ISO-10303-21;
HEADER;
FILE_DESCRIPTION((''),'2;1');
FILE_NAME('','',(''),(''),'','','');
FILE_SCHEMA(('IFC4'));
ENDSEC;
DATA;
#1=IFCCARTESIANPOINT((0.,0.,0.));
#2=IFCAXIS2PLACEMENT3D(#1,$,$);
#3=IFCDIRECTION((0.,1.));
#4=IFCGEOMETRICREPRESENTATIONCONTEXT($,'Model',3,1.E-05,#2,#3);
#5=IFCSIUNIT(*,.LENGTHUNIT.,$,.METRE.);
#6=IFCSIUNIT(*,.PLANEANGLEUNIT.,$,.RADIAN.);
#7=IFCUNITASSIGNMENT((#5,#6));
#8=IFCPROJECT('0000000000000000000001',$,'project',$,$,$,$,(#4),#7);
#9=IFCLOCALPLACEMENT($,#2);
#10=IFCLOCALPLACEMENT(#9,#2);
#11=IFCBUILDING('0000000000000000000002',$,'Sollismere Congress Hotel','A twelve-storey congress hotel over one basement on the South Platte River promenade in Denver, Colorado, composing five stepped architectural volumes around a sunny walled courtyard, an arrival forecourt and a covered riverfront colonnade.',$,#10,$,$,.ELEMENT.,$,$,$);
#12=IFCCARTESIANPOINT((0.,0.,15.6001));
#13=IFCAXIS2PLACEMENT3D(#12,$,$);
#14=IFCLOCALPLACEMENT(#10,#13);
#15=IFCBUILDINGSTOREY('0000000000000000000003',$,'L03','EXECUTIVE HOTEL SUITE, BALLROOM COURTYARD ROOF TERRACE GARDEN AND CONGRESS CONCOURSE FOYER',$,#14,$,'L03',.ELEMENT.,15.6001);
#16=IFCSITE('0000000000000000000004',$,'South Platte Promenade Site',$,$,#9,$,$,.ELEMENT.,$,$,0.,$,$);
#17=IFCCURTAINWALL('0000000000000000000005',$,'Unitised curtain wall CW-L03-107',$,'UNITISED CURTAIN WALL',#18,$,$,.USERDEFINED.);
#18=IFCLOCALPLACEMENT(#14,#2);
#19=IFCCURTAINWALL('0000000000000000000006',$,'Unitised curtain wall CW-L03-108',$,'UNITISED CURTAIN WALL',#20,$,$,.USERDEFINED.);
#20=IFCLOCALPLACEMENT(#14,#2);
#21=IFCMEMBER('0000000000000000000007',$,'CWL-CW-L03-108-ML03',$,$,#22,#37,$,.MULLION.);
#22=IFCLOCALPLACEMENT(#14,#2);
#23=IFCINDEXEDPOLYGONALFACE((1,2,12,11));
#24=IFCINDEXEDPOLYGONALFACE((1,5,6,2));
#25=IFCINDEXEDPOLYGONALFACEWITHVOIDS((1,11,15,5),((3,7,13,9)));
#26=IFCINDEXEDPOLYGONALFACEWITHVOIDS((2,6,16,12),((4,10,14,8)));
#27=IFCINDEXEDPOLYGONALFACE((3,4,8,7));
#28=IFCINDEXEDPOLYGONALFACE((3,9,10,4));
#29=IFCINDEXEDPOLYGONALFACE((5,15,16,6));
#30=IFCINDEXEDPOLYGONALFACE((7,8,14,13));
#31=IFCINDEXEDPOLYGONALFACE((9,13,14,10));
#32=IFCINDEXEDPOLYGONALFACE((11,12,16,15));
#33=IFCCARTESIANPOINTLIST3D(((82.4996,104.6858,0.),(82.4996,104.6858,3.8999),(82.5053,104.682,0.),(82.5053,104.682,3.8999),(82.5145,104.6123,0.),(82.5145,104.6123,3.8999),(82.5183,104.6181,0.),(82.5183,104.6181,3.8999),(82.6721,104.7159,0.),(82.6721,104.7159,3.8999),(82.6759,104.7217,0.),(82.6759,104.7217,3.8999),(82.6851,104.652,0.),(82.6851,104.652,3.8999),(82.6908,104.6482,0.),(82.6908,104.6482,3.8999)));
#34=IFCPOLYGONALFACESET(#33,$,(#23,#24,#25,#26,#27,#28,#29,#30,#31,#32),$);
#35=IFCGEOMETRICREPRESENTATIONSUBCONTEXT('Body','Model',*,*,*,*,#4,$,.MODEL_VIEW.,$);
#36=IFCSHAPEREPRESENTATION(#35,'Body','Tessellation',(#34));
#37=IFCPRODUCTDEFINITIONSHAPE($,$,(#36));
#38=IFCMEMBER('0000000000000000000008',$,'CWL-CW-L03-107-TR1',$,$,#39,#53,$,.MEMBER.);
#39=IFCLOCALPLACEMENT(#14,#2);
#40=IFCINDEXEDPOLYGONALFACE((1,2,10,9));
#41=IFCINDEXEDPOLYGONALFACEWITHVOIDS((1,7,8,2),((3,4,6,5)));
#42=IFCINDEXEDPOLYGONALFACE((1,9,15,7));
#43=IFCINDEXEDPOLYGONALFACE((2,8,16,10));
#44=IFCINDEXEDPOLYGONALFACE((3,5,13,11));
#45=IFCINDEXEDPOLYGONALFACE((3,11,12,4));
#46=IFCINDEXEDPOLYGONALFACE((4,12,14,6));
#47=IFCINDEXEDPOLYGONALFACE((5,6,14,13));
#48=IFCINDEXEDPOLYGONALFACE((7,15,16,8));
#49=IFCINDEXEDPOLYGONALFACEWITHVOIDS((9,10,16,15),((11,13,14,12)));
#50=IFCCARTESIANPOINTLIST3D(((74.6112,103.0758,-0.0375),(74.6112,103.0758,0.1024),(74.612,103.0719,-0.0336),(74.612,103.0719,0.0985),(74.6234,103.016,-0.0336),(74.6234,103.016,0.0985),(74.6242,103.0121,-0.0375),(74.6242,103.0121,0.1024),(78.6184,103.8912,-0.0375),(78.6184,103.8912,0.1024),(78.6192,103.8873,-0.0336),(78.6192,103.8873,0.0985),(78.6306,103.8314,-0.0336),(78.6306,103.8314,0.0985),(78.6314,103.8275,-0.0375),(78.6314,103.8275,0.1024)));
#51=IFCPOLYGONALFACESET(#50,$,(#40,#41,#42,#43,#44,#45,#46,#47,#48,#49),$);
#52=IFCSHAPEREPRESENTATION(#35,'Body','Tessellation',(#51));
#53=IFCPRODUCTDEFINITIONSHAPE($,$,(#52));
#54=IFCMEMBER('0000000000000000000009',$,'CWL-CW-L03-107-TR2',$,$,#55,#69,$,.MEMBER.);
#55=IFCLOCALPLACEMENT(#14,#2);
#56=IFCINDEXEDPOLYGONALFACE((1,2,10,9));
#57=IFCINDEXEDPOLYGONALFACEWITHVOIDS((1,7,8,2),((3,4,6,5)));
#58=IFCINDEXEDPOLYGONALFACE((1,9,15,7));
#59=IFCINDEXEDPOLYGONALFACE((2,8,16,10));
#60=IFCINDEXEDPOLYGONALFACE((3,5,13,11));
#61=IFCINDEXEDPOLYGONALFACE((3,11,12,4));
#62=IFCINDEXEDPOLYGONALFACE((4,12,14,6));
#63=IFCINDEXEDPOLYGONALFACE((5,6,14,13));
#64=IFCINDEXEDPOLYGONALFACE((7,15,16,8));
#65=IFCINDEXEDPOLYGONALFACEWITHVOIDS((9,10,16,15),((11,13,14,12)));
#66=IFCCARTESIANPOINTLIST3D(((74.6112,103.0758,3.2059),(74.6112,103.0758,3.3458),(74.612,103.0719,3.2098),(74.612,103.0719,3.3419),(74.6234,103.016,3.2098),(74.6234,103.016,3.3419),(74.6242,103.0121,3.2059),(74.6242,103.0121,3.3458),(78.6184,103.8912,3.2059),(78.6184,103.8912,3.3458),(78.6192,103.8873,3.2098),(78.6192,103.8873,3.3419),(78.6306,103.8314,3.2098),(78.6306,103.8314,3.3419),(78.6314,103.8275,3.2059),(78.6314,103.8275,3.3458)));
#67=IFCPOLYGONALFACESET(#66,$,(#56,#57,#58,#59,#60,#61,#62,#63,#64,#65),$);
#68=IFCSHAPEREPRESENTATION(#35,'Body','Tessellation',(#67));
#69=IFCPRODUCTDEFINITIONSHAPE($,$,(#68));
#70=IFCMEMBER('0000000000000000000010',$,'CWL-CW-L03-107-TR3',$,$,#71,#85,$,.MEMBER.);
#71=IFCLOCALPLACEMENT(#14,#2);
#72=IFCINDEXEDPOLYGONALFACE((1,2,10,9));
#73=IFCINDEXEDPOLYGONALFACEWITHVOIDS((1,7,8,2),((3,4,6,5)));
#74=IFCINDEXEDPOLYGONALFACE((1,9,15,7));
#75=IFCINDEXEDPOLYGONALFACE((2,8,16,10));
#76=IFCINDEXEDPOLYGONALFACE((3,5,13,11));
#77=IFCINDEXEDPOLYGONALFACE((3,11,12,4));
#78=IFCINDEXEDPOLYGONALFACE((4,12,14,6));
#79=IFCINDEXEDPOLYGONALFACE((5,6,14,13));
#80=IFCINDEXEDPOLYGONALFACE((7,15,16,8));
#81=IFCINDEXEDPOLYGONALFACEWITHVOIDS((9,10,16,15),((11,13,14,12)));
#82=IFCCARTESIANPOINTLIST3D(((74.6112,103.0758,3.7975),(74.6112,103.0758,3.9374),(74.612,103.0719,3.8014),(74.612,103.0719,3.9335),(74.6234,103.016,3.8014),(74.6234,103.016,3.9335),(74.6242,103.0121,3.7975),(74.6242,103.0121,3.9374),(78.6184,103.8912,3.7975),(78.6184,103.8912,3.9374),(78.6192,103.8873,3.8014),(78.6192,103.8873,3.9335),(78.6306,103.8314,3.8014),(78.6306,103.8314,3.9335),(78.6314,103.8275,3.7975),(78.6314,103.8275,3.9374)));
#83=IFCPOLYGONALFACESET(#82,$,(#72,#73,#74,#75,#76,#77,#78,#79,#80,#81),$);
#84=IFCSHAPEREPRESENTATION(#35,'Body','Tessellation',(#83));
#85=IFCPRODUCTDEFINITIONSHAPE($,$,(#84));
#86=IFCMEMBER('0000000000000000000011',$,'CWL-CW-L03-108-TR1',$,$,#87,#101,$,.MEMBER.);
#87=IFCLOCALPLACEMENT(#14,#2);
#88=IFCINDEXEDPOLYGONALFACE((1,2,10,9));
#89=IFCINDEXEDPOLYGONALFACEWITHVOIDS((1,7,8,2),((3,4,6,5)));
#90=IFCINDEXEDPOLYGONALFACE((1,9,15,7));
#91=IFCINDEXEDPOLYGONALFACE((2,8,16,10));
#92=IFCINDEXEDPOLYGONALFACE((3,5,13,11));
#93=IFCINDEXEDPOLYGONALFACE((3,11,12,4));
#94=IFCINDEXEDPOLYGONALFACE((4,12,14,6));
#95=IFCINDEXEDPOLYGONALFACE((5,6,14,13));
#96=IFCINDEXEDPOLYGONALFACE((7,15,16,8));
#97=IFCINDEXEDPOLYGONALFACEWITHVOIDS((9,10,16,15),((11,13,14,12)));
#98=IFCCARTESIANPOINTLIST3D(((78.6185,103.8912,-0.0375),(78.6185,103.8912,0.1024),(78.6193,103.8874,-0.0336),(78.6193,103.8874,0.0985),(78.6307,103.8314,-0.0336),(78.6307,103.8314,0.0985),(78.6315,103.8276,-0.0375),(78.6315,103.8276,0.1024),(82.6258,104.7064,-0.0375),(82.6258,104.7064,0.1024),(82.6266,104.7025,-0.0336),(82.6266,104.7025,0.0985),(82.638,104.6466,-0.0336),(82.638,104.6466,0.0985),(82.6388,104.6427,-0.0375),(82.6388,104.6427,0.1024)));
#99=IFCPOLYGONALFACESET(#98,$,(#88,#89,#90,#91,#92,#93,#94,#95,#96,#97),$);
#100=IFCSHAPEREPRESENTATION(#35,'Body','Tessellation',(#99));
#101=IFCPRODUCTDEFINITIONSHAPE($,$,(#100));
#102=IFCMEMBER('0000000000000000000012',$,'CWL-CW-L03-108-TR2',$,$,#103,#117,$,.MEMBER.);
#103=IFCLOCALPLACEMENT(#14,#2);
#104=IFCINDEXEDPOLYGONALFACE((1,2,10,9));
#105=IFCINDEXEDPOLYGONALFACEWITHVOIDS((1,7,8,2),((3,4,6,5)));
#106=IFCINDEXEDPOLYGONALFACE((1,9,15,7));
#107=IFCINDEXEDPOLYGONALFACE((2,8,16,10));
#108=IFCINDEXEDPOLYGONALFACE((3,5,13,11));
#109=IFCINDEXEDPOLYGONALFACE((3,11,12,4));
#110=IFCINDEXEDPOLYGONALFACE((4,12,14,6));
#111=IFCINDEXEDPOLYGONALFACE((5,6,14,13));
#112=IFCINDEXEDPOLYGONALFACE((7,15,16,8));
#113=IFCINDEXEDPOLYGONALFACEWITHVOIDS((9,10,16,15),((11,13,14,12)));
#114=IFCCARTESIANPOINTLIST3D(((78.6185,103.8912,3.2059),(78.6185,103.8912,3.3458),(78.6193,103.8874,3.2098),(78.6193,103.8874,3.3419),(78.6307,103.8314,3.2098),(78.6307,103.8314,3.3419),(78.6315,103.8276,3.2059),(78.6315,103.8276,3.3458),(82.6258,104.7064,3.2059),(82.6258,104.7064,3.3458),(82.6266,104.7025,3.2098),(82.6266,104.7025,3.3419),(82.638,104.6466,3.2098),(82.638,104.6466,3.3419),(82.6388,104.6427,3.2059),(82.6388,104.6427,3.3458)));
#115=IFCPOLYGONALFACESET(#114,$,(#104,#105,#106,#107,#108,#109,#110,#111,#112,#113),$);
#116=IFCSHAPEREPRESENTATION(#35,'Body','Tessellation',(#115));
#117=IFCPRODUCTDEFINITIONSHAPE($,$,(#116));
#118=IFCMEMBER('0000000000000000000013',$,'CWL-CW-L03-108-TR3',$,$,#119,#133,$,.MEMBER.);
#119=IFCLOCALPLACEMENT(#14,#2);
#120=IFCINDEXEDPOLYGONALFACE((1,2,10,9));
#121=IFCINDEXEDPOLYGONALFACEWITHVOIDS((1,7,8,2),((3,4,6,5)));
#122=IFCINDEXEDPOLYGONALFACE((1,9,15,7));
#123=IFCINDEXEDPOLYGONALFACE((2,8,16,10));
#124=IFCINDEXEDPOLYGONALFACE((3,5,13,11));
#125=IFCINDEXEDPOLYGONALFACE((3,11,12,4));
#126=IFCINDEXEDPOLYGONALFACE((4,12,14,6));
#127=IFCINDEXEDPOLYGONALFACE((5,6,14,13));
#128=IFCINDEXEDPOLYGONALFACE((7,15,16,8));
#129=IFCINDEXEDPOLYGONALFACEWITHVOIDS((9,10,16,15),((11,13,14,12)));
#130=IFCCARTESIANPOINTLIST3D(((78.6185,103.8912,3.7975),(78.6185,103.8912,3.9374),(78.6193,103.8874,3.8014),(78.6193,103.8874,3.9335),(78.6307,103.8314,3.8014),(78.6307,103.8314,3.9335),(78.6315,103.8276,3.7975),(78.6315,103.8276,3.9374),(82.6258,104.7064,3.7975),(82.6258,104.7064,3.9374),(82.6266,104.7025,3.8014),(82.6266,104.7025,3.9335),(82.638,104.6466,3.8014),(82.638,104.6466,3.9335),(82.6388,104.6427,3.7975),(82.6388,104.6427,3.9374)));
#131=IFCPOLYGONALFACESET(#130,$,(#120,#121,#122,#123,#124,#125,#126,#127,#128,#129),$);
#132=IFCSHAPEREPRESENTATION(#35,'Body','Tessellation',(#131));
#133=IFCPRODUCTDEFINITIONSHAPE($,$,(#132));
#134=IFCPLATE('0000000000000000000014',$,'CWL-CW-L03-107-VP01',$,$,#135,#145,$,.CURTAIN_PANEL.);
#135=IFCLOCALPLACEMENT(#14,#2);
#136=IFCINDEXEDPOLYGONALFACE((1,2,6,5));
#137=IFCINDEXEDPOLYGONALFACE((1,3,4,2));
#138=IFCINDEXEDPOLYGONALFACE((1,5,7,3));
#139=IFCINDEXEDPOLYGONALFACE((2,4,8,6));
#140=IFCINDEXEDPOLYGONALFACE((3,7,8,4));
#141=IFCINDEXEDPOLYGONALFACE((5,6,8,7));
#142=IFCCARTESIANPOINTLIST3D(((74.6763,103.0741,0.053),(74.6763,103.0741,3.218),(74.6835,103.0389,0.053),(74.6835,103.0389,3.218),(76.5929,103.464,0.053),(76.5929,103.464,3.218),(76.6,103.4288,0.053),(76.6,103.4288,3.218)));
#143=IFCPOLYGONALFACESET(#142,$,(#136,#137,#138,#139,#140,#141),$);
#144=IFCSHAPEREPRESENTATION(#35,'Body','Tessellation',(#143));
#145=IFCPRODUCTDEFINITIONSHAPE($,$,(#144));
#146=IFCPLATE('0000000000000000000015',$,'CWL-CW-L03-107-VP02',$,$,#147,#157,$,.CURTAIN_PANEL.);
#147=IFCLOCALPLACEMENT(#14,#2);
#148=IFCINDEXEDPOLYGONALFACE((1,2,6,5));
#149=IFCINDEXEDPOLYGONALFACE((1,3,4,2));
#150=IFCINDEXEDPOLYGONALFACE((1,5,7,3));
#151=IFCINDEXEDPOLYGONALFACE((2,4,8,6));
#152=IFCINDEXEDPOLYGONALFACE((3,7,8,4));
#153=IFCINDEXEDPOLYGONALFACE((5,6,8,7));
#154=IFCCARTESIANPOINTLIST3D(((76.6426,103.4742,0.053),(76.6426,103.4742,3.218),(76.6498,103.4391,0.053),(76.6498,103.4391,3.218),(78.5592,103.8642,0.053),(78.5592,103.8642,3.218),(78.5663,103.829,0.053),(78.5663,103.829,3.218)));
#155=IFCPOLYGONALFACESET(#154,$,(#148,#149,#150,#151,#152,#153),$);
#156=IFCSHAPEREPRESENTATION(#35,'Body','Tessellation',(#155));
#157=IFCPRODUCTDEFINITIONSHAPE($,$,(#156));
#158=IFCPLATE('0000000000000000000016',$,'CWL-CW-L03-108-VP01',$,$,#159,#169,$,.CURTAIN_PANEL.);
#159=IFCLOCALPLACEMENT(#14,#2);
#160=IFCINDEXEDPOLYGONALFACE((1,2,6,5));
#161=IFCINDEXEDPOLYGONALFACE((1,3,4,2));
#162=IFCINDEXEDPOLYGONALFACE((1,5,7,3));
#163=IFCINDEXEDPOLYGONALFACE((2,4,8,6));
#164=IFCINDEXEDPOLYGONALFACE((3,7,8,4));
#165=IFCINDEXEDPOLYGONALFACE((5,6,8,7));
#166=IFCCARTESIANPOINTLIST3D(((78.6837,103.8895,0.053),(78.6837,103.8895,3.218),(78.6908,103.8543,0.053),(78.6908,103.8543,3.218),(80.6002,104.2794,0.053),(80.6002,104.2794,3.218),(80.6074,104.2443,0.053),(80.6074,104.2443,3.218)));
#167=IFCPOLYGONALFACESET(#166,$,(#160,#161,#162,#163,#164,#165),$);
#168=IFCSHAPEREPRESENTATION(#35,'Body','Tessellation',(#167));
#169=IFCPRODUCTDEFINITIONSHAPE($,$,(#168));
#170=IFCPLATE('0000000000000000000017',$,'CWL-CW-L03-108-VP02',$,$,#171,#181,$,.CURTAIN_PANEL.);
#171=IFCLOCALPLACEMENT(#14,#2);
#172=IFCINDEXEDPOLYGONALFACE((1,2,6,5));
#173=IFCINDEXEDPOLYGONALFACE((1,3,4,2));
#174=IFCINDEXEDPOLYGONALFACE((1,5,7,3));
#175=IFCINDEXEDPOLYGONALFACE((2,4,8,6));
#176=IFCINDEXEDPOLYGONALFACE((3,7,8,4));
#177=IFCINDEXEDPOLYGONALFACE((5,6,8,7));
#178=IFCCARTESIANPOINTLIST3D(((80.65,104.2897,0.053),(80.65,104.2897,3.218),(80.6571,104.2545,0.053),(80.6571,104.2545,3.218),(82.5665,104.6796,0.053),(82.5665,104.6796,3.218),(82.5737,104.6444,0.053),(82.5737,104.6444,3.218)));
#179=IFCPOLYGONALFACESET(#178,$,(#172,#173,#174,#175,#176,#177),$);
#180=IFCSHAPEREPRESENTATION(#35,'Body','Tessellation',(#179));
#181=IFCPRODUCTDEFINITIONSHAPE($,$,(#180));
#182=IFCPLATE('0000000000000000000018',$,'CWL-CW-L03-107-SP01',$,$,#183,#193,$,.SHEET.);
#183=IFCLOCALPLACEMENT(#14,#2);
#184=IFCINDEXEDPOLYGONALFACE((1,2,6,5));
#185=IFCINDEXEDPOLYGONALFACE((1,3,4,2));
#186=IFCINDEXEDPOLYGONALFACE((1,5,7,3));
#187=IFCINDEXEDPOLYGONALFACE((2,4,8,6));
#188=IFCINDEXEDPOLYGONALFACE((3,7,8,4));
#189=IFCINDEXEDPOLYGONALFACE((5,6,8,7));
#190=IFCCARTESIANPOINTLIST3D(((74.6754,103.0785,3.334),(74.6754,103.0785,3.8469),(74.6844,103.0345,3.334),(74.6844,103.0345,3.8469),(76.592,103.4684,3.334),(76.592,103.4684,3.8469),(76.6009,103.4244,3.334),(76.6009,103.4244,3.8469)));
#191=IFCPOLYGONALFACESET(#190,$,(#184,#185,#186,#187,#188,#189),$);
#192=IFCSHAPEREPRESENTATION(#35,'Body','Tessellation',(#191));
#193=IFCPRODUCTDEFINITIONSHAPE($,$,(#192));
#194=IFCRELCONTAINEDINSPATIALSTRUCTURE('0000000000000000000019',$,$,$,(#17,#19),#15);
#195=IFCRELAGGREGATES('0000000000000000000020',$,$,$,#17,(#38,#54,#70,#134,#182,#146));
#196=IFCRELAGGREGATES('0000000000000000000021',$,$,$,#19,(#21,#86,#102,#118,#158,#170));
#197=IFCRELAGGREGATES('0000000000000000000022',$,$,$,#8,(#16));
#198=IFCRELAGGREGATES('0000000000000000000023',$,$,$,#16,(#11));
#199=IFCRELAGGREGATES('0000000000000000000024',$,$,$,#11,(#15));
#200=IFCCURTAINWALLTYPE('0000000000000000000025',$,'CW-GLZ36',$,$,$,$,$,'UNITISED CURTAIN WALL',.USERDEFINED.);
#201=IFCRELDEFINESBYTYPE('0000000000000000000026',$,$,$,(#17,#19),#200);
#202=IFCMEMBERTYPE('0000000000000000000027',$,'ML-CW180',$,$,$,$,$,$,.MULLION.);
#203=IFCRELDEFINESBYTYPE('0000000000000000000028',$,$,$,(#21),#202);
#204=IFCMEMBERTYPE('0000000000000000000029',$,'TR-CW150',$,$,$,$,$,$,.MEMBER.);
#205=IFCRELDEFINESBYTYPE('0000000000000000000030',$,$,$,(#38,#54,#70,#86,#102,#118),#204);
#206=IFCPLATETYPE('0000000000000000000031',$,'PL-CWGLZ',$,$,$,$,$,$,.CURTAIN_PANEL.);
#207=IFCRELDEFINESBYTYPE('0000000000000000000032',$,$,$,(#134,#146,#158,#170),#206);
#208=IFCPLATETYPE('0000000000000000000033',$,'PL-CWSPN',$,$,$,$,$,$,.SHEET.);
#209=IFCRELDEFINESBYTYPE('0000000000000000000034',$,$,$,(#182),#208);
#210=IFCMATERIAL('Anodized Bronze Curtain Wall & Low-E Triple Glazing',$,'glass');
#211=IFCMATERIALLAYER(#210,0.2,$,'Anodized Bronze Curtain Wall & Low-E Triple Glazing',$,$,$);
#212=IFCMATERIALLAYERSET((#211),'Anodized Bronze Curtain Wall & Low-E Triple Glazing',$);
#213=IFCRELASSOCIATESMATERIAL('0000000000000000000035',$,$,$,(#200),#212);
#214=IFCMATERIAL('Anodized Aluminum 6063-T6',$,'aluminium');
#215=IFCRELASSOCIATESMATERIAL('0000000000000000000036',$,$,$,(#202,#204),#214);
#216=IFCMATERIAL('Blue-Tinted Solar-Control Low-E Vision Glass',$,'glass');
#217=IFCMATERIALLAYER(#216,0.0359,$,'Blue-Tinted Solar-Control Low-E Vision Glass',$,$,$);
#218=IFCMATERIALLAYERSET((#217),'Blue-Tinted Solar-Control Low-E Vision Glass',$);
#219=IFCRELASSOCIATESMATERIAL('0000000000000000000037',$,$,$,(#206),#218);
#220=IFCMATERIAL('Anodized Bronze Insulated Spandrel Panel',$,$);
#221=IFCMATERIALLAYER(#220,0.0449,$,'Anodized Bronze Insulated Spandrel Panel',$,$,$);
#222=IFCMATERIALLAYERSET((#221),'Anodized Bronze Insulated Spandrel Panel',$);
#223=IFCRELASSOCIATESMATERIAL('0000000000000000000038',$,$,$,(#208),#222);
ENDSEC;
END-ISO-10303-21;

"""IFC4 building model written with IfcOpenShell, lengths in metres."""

from ifc_helpers import new_model, si_unit, direction, frame, origin, origin_2d, place, context, subcontext, project, spatial, rectangle, hollow_rectangle, extrude, material, layer, layer_set, material_profile, profile_set, type_object, element, aggregate, save


model = new_model("IFC4")

# Units and contexts
model_context = context("Model", 3, precision=1e-05, world=origin(), true_north=direction((0.0, 1.0)))
body_context = subcontext(model_context, "Body", "Model", "MODEL_VIEW")
ifc_project = project(units=[si_unit("LENGTHUNIT", "METRE"), si_unit("PLANEANGLEUNIT", "RADIAN")], contexts=[model_context])

# Site, building, storey
site_placement = place(None, origin())
site = spatial("IfcSite", under=ifc_project, at=site_placement, Name="South Platte Promenade Site", CompositionType="ELEMENT", RefElevation=0.0)
building_placement = place(site_placement, origin())
building = spatial("IfcBuilding", under=site, at=building_placement, Name="Sollismere Congress Hotel", Description="A twelve-storey congress hotel over one basement on the South Platte River promenade in Denver, Colorado, composing five stepped architectural volumes around a sunny walled courtyard, an arrival forecourt and a covered riverfront colonnade.", CompositionType="ELEMENT")
storey_placement = place(building_placement, frame((0.0, 0.0, 15.6001)))
storey = spatial("IfcBuildingStorey", under=building, at=storey_placement, Name="L03", Description="EXECUTIVE HOTEL SUITE, BALLROOM COURTYARD ROOF TERRACE GARDEN AND CONGRESS CONCOURSE FOYER", LongName="L03", CompositionType="ELEMENT", Elevation=15.6001)

# Curtain walls, member
ifc_material_1 = material(Name="Anodized Bronze Curtain Wall & Low-E Triple Glazing", Category="glass")
ifc_layer_1 = layer(ifc_material_1, 0.2, Name="Anodized Bronze Curtain Wall & Low-E Triple Glazing")
ifc_layer_set_1 = layer_set([ifc_layer_1], Name="Anodized Bronze Curtain Wall & Low-E Triple Glazing")
curtain_wall_type = type_object("IfcCurtainWallType", Name="CW-GLZ36", ElementType="UNITISED CURTAIN WALL", PredefinedType="USERDEFINED", material=ifc_layer_set_1)
curtain_wall_1_placement = place(storey_placement, origin())
curtain_wall_1 = element("IfcCurtainWall", 1, at=curtain_wall_1_placement, inside=storey, type_object=curtain_wall_type, Name="Unitised curtain wall CW-L03-107", ObjectType="UNITISED CURTAIN WALL", PredefinedType="USERDEFINED")
ifc_material_2 = material(Name="Anodized Aluminum 6063-T6", Category="aluminium")
ifc_material_profile_1 = material_profile(ifc_material_2, hollow_rectangle(XDim=0.075, YDim=0.1799, WallThickness=0.0049, at=origin_2d()), Name="ALU180X75X5")
ifc_profile_set_1 = profile_set([ifc_material_profile_1], Name="Anodized Aluminum 6063-T6")
member_type_1 = type_object("IfcMemberType", Name="ML-CW180", PredefinedType="MULLION", material=ifc_profile_set_1)
curtain_wall_2_placement = place(storey_placement, origin())
curtain_wall_2 = element("IfcCurtainWall", 2, at=curtain_wall_2_placement, inside=storey, type_object=curtain_wall_type, Name="Unitised curtain wall CW-L03-108", ObjectType="UNITISED CURTAIN WALL", PredefinedType="USERDEFINED")
member_1_placement = place(storey_placement, frame((82.5952, 104.667, 0.0), z_axis=(0.0, 0.0, 1.0), x_axis=(-0.199368, 0.979925, 0.0)))
member_1 = element("IfcMember", 3, at=member_1_placement, type_object=member_type_1, Name="CWL-CW-L03-108-ML03", PredefinedType="MULLION", context=body_context, shape_type="SweptSolid", body=[
    extrude(hollow_rectangle(XDim=0.075, YDim=0.1799, WallThickness=0.0049, at=origin_2d()), origin(), (0.0, 0.0, 1.0), 3.8999),
])

# Members
ifc_material_profile_2 = material_profile(ifc_material_2, hollow_rectangle(XDim=0.0649, YDim=0.1399, WallThickness=0.0039, at=origin_2d()), Name="ALU140X65X4")
ifc_profile_set_2 = profile_set([ifc_material_profile_2], Name="Anodized Aluminum 6063-T6")
member_type_2 = type_object("IfcMemberType", Name="TR-CW150", PredefinedType="MEMBER", material=ifc_profile_set_2)
member_2_placement = place(storey_placement, frame((74.6177, 103.0439, 0.0325), z_axis=(0.979918, 0.199399, 0.0), x_axis=(-0.199399, 0.979918, 0.0)))
member_2 = element("IfcMember", 4, at=member_2_placement, type_object=member_type_2, Name="CWL-CW-L03-107-TR1", PredefinedType="MEMBER", context=body_context, shape_type="SweptSolid", body=[
    extrude(hollow_rectangle(XDim=0.0649, YDim=0.1399, WallThickness=0.0039, at=origin_2d()), origin(), (0.0, 0.0, 1.0), 4.0894),
])
member_3_placement = place(storey_placement, frame((74.6177, 103.0439, 3.2759), z_axis=(0.979918, 0.199399, 0.0), x_axis=(-0.199399, 0.979918, 0.0)))
member_3 = element("IfcMember", 5, at=member_3_placement, type_object=member_type_2, Name="CWL-CW-L03-107-TR2", PredefinedType="MEMBER", context=body_context, shape_type="SweptSolid", body=[
    extrude(hollow_rectangle(XDim=0.0649, YDim=0.1399, WallThickness=0.0039, at=origin_2d()), origin(), (0.0, 0.0, 1.0), 4.0894),
])
member_4_placement = place(storey_placement, frame((74.6177, 103.0439, 3.8674), z_axis=(0.979918, 0.199399, 0.0), x_axis=(-0.199399, 0.979918, 0.0)))
member_4 = element("IfcMember", 6, at=member_4_placement, type_object=member_type_2, Name="CWL-CW-L03-107-TR3", PredefinedType="MEMBER", context=body_context, shape_type="SweptSolid", body=[
    extrude(hollow_rectangle(XDim=0.0649, YDim=0.1399, WallThickness=0.0039, at=origin_2d()), origin(), (0.0, 0.0, 1.0), 4.0894),
])
member_5_placement = place(storey_placement, frame((78.625, 103.8594, 0.0325), z_axis=(0.97993, 0.199341, 0.0), x_axis=(-0.199341, 0.97993, 0.0)))
member_5 = element("IfcMember", 7, at=member_5_placement, type_object=member_type_2, Name="CWL-CW-L03-108-TR1", PredefinedType="MEMBER", context=body_context, shape_type="SweptSolid", body=[
    extrude(hollow_rectangle(XDim=0.0649, YDim=0.1399, WallThickness=0.0039, at=origin_2d()), origin(), (0.0, 0.0, 1.0), 4.0894),
])
member_6_placement = place(storey_placement, frame((78.625, 103.8594, 3.2759), z_axis=(0.97993, 0.199341, 0.0), x_axis=(-0.199341, 0.97993, 0.0)))
member_6 = element("IfcMember", 8, at=member_6_placement, type_object=member_type_2, Name="CWL-CW-L03-108-TR2", PredefinedType="MEMBER", context=body_context, shape_type="SweptSolid", body=[
    extrude(hollow_rectangle(XDim=0.0649, YDim=0.1399, WallThickness=0.0039, at=origin_2d()), origin(), (0.0, 0.0, 1.0), 4.0894),
])
member_7_placement = place(storey_placement, frame((78.625, 103.8594, 3.8674), z_axis=(0.97993, 0.199341, 0.0), x_axis=(-0.199341, 0.97993, 0.0)))
member_7 = element("IfcMember", 9, at=member_7_placement, type_object=member_type_2, Name="CWL-CW-L03-108-TR3", PredefinedType="MEMBER", context=body_context, shape_type="SweptSolid", body=[
    extrude(hollow_rectangle(XDim=0.0649, YDim=0.1399, WallThickness=0.0039, at=origin_2d()), origin(), (0.0, 0.0, 1.0), 4.0894),
])

# Plates
ifc_material_3 = material(Name="Blue-Tinted Solar-Control Low-E Vision Glass", Category="glass")
ifc_layer_2 = layer(ifc_material_3, 0.0359, Name="Blue-Tinted Solar-Control Low-E Vision Glass")
ifc_layer_set_2 = layer_set([ifc_layer_2], Name="Blue-Tinted Solar-Control Low-E Vision Glass")
plate_type_1 = type_object("IfcPlateType", Name="PL-CWGLZ", PredefinedType="CURTAIN_PANEL", material=ifc_layer_set_2)
plate_1_placement = place(storey_placement, frame((75.6382, 103.2515, 0.053), z_axis=(0.0, 0.0, 1.0), x_axis=(0.979925, 0.199368, 0.0)))
plate_1 = element("IfcPlate", 10, at=plate_1_placement, type_object=plate_type_1, Name="CWL-CW-L03-107-VP01", PredefinedType="CURTAIN_PANEL", context=body_context, shape_type="SweptSolid", body=[
    extrude(rectangle(XDim=1.9558, YDim=0.0359, at=origin_2d()), origin(), (0.0, 0.0, 1.0), 3.165),
])
plate_2_placement = place(storey_placement, frame((77.6045, 103.6516, 0.053), z_axis=(0.0, 0.0, 1.0), x_axis=(0.979925, 0.199368, 0.0)))
plate_2 = element("IfcPlate", 11, at=plate_2_placement, type_object=plate_type_1, Name="CWL-CW-L03-107-VP02", PredefinedType="CURTAIN_PANEL", context=body_context, shape_type="SweptSolid", body=[
    extrude(rectangle(XDim=1.9558, YDim=0.0359, at=origin_2d()), origin(), (0.0, 0.0, 1.0), 3.165),
])
plate_3_placement = place(storey_placement, frame((79.6455, 104.0669, 0.053), z_axis=(0.0, 0.0, 1.0), x_axis=(0.979925, 0.199368, 0.0)))
plate_3 = element("IfcPlate", 12, at=plate_3_placement, type_object=plate_type_1, Name="CWL-CW-L03-108-VP01", PredefinedType="CURTAIN_PANEL", context=body_context, shape_type="SweptSolid", body=[
    extrude(rectangle(XDim=1.9558, YDim=0.0359, at=origin_2d()), origin(), (0.0, 0.0, 1.0), 3.165),
])
plate_4_placement = place(storey_placement, frame((81.6118, 104.467, 0.053), z_axis=(0.0, 0.0, 1.0), x_axis=(0.979925, 0.199368, 0.0)))
plate_4 = element("IfcPlate", 13, at=plate_4_placement, type_object=plate_type_1, Name="CWL-CW-L03-108-VP02", PredefinedType="CURTAIN_PANEL", context=body_context, shape_type="SweptSolid", body=[
    extrude(rectangle(XDim=1.9558, YDim=0.0359, at=origin_2d()), origin(), (0.0, 0.0, 1.0), 3.165),
])
ifc_material_4 = material(Name="Anodized Bronze Insulated Spandrel Panel")
ifc_layer_3 = layer(ifc_material_4, 0.0449, Name="Anodized Bronze Insulated Spandrel Panel")
ifc_layer_set_3 = layer_set([ifc_layer_3], Name="Anodized Bronze Insulated Spandrel Panel")
plate_type_2 = type_object("IfcPlateType", Name="PL-CWSPN", PredefinedType="SHEET", material=ifc_layer_set_3)
plate_5_placement = place(storey_placement, frame((75.6382, 103.2515, 3.334), z_axis=(0.0, 0.0, 1.0), x_axis=(0.979925, 0.199368, 0.0)))
plate_5 = element("IfcPlate", 14, at=plate_5_placement, type_object=plate_type_2, Name="CWL-CW-L03-107-SP01", PredefinedType="SHEET", context=body_context, shape_type="SweptSolid", body=[
    extrude(rectangle(XDim=1.9558, YDim=0.0449, at=origin_2d()), origin(), (0.0, 0.0, 1.0), 0.5129),
])
aggregate(curtain_wall_1, [member_2, member_3, member_4, plate_1, plate_5, plate_2])
aggregate(curtain_wall_2, [member_1, member_5, member_6, member_7, plate_3, plate_4])

save(model, "model.ifc")
